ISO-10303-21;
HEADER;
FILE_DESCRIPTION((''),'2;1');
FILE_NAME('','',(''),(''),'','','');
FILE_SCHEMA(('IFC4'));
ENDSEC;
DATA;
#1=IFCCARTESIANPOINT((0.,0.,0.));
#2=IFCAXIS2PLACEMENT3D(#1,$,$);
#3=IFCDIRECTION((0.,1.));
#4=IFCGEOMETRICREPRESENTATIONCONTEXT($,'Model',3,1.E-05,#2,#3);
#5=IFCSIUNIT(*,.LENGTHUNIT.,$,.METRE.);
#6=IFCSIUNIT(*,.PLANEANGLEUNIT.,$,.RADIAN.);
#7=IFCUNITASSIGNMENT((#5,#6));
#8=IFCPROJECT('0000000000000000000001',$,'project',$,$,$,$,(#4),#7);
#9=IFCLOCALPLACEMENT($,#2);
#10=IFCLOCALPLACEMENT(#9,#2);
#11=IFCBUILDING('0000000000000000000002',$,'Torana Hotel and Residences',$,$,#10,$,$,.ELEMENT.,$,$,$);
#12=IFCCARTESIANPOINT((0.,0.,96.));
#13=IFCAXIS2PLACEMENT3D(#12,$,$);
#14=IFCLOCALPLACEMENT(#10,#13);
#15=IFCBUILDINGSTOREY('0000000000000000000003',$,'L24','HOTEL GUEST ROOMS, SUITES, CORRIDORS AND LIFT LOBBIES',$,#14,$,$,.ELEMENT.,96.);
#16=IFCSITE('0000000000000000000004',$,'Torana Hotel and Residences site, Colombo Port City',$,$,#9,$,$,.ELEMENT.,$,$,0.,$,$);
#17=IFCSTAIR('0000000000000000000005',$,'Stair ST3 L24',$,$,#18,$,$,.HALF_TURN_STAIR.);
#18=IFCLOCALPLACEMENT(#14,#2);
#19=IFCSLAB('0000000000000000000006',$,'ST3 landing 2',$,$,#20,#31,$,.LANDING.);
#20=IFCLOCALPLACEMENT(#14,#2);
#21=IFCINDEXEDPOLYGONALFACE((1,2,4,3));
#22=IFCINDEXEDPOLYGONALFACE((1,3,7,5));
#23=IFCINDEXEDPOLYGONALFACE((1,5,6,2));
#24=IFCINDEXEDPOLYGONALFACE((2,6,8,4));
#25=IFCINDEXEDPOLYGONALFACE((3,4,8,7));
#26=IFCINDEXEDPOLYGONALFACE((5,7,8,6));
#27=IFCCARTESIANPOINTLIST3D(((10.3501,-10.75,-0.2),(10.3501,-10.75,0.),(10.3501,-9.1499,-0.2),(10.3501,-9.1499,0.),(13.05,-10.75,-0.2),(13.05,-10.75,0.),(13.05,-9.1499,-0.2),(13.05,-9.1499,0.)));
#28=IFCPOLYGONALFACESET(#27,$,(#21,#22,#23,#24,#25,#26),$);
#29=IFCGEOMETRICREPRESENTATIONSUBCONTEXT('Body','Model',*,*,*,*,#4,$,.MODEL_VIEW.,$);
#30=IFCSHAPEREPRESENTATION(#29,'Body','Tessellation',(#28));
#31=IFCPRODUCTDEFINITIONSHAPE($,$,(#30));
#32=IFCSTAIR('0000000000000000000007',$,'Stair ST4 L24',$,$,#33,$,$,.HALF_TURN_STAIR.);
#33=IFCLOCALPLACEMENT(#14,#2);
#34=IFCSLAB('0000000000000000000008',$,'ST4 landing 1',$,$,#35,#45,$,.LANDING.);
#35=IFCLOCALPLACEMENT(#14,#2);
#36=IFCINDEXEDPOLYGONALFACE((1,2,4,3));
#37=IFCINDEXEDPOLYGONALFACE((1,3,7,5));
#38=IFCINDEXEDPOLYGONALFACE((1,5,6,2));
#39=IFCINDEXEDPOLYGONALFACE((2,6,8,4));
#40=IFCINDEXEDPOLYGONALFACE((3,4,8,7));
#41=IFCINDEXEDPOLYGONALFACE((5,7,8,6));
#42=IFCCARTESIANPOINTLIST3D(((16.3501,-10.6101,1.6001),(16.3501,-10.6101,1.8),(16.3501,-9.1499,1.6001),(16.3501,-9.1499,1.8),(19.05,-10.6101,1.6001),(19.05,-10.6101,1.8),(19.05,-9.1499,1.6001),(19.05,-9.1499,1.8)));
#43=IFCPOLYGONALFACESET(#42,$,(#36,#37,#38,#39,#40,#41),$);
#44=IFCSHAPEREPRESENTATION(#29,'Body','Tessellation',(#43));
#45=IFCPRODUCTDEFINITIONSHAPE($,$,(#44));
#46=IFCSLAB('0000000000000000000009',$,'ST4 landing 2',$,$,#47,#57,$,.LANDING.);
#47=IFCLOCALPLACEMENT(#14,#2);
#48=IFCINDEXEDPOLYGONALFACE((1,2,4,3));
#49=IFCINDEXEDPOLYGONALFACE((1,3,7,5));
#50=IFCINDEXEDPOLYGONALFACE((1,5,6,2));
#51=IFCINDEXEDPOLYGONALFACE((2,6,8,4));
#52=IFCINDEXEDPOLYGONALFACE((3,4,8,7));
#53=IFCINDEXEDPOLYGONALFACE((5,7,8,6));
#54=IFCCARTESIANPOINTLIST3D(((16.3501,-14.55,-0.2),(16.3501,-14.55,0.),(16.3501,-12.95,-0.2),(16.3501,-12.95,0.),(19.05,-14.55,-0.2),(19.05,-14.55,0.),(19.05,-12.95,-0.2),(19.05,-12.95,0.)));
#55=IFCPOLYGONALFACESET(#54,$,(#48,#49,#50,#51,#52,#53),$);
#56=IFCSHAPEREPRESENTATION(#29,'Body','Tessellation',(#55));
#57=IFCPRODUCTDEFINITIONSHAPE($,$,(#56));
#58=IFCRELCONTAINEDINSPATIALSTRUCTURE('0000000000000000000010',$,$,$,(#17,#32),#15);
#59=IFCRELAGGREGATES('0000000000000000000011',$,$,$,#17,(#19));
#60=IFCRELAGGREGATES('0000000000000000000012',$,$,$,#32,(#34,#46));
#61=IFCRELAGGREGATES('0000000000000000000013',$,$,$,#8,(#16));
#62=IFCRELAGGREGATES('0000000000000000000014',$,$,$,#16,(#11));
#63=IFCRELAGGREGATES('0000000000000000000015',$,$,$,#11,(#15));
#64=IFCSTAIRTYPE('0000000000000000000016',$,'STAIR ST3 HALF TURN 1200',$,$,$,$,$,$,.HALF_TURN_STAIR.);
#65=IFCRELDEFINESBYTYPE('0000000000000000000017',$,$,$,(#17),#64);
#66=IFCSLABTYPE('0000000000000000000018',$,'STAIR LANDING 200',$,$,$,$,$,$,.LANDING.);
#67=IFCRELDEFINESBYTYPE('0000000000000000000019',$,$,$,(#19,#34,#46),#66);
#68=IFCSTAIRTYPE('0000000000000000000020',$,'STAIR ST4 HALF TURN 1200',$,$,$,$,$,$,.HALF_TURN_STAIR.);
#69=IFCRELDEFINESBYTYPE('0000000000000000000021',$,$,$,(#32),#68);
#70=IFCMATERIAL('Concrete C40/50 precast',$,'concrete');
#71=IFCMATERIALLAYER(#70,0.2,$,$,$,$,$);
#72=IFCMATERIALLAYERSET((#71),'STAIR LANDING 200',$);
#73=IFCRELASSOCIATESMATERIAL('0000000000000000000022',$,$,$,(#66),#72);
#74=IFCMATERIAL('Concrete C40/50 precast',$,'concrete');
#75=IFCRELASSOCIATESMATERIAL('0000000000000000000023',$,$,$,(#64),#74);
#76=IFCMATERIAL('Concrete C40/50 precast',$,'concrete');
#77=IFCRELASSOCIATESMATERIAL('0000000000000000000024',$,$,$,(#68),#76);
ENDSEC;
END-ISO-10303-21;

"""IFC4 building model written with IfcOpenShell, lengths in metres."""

from ifc_helpers import new_model, si_unit, direction, frame, origin, place, context, subcontext, project, spatial, polyline, outline, extrude, material, layer, layer_set, type_object, element, aggregate, save


model = new_model("IFC4")

# Units and contexts
model_context = context("Model", 3, precision=1e-05, world=origin(), true_north=direction((0.0, 1.0)))
body_context = subcontext(model_context, "Body", "Model", "MODEL_VIEW")
ifc_project = project(units=[si_unit("LENGTHUNIT", "METRE"), si_unit("PLANEANGLEUNIT", "RADIAN")], contexts=[model_context])

# Site, building, storey
site_placement = place(None, origin())
site = spatial("IfcSite", under=ifc_project, at=site_placement, Name="Torana Hotel and Residences site, Colombo Port City", CompositionType="ELEMENT", RefElevation=0.0)
building_placement = place(site_placement, origin())
building = spatial("IfcBuilding", under=site, at=building_placement, Name="Torana Hotel and Residences", CompositionType="ELEMENT")
storey_placement = place(building_placement, frame((0.0, 0.0, 96.0)))
storey = spatial("IfcBuildingStorey", under=building, at=storey_placement, Name="L24", Description="HOTEL GUEST ROOMS, SUITES, CORRIDORS AND LIFT LOBBIES", CompositionType="ELEMENT", Elevation=96.0)

# Stairs, slabs
ifc_material_1 = material(Name="Concrete C40/50 precast", Category="concrete")
ifc_layer_1 = layer(ifc_material_1, 0.2)
ifc_layer_set_1 = layer_set([ifc_layer_1], Name="STAIR LANDING 200")
slab_type_1 = type_object("IfcSlabType", Name="STAIR LANDING 200", PredefinedType="LANDING", material=ifc_layer_set_1)
ifc_material_2 = material(Name="Concrete C40/50 precast", Category="concrete")
stair_type_1 = type_object("IfcStairType", Name="STAIR ST3 HALF TURN 1200", PredefinedType="HALF_TURN_STAIR", material=ifc_material_2)
stair_1_placement = place(storey_placement, origin())
stair_1 = element("IfcStair", 1, at=stair_1_placement, inside=storey, type_object=stair_type_1, Name="Stair ST3 L24", PredefinedType="HALF_TURN_STAIR")
slab_1_placement = place(storey_placement, frame((0.0, 0.0, -0.2)))
slab_1 = element("IfcSlab", 2, at=slab_1_placement, type_object=slab_type_1, Name="ST3 landing 2", PredefinedType="LANDING", context=body_context, shape_type="SweptSolid", body=[
    extrude(outline(polyline([(10.3501, -10.75), (13.05, -10.75), (13.05, -9.1499), (10.3501, -9.1499), (10.3501, -10.75)])), origin(), (0.0, 0.0, 1.0), 0.2),
])
aggregate(stair_1, [slab_1])
ifc_material_3 = material(Name="Concrete C40/50 precast", Category="concrete")
stair_type_2 = type_object("IfcStairType", Name="STAIR ST4 HALF TURN 1200", PredefinedType="HALF_TURN_STAIR", material=ifc_material_3)
stair_2_placement = place(storey_placement, origin())
stair_2 = element("IfcStair", 3, at=stair_2_placement, inside=storey, type_object=stair_type_2, Name="Stair ST4 L24", PredefinedType="HALF_TURN_STAIR")
slab_2_placement = place(storey_placement, frame((0.0, 0.0, 1.6001)))
slab_2 = element("IfcSlab", 4, at=slab_2_placement, type_object=slab_type_1, Name="ST4 landing 1", PredefinedType="LANDING", context=body_context, shape_type="SweptSolid", body=[
    extrude(outline(polyline([(16.3501, -10.6101), (19.05, -10.6101), (19.05, -9.1499), (16.3501, -9.1499), (16.3501, -10.6101)])), origin(), (0.0, 0.0, 1.0), 0.2),
])
slab_3_placement = place(storey_placement, frame((0.0, 0.0, -0.2)))
slab_3 = element("IfcSlab", 5, at=slab_3_placement, type_object=slab_type_1, Name="ST4 landing 2", PredefinedType="LANDING", context=body_context, shape_type="SweptSolid", body=[
    extrude(outline(polyline([(16.3501, -14.55), (19.05, -14.55), (19.05, -12.95), (16.3501, -12.95), (16.3501, -14.55)])), origin(), (0.0, 0.0, 1.0), 0.2),
])
aggregate(stair_2, [slab_2, slab_3])

save(model, "model.ifc")
